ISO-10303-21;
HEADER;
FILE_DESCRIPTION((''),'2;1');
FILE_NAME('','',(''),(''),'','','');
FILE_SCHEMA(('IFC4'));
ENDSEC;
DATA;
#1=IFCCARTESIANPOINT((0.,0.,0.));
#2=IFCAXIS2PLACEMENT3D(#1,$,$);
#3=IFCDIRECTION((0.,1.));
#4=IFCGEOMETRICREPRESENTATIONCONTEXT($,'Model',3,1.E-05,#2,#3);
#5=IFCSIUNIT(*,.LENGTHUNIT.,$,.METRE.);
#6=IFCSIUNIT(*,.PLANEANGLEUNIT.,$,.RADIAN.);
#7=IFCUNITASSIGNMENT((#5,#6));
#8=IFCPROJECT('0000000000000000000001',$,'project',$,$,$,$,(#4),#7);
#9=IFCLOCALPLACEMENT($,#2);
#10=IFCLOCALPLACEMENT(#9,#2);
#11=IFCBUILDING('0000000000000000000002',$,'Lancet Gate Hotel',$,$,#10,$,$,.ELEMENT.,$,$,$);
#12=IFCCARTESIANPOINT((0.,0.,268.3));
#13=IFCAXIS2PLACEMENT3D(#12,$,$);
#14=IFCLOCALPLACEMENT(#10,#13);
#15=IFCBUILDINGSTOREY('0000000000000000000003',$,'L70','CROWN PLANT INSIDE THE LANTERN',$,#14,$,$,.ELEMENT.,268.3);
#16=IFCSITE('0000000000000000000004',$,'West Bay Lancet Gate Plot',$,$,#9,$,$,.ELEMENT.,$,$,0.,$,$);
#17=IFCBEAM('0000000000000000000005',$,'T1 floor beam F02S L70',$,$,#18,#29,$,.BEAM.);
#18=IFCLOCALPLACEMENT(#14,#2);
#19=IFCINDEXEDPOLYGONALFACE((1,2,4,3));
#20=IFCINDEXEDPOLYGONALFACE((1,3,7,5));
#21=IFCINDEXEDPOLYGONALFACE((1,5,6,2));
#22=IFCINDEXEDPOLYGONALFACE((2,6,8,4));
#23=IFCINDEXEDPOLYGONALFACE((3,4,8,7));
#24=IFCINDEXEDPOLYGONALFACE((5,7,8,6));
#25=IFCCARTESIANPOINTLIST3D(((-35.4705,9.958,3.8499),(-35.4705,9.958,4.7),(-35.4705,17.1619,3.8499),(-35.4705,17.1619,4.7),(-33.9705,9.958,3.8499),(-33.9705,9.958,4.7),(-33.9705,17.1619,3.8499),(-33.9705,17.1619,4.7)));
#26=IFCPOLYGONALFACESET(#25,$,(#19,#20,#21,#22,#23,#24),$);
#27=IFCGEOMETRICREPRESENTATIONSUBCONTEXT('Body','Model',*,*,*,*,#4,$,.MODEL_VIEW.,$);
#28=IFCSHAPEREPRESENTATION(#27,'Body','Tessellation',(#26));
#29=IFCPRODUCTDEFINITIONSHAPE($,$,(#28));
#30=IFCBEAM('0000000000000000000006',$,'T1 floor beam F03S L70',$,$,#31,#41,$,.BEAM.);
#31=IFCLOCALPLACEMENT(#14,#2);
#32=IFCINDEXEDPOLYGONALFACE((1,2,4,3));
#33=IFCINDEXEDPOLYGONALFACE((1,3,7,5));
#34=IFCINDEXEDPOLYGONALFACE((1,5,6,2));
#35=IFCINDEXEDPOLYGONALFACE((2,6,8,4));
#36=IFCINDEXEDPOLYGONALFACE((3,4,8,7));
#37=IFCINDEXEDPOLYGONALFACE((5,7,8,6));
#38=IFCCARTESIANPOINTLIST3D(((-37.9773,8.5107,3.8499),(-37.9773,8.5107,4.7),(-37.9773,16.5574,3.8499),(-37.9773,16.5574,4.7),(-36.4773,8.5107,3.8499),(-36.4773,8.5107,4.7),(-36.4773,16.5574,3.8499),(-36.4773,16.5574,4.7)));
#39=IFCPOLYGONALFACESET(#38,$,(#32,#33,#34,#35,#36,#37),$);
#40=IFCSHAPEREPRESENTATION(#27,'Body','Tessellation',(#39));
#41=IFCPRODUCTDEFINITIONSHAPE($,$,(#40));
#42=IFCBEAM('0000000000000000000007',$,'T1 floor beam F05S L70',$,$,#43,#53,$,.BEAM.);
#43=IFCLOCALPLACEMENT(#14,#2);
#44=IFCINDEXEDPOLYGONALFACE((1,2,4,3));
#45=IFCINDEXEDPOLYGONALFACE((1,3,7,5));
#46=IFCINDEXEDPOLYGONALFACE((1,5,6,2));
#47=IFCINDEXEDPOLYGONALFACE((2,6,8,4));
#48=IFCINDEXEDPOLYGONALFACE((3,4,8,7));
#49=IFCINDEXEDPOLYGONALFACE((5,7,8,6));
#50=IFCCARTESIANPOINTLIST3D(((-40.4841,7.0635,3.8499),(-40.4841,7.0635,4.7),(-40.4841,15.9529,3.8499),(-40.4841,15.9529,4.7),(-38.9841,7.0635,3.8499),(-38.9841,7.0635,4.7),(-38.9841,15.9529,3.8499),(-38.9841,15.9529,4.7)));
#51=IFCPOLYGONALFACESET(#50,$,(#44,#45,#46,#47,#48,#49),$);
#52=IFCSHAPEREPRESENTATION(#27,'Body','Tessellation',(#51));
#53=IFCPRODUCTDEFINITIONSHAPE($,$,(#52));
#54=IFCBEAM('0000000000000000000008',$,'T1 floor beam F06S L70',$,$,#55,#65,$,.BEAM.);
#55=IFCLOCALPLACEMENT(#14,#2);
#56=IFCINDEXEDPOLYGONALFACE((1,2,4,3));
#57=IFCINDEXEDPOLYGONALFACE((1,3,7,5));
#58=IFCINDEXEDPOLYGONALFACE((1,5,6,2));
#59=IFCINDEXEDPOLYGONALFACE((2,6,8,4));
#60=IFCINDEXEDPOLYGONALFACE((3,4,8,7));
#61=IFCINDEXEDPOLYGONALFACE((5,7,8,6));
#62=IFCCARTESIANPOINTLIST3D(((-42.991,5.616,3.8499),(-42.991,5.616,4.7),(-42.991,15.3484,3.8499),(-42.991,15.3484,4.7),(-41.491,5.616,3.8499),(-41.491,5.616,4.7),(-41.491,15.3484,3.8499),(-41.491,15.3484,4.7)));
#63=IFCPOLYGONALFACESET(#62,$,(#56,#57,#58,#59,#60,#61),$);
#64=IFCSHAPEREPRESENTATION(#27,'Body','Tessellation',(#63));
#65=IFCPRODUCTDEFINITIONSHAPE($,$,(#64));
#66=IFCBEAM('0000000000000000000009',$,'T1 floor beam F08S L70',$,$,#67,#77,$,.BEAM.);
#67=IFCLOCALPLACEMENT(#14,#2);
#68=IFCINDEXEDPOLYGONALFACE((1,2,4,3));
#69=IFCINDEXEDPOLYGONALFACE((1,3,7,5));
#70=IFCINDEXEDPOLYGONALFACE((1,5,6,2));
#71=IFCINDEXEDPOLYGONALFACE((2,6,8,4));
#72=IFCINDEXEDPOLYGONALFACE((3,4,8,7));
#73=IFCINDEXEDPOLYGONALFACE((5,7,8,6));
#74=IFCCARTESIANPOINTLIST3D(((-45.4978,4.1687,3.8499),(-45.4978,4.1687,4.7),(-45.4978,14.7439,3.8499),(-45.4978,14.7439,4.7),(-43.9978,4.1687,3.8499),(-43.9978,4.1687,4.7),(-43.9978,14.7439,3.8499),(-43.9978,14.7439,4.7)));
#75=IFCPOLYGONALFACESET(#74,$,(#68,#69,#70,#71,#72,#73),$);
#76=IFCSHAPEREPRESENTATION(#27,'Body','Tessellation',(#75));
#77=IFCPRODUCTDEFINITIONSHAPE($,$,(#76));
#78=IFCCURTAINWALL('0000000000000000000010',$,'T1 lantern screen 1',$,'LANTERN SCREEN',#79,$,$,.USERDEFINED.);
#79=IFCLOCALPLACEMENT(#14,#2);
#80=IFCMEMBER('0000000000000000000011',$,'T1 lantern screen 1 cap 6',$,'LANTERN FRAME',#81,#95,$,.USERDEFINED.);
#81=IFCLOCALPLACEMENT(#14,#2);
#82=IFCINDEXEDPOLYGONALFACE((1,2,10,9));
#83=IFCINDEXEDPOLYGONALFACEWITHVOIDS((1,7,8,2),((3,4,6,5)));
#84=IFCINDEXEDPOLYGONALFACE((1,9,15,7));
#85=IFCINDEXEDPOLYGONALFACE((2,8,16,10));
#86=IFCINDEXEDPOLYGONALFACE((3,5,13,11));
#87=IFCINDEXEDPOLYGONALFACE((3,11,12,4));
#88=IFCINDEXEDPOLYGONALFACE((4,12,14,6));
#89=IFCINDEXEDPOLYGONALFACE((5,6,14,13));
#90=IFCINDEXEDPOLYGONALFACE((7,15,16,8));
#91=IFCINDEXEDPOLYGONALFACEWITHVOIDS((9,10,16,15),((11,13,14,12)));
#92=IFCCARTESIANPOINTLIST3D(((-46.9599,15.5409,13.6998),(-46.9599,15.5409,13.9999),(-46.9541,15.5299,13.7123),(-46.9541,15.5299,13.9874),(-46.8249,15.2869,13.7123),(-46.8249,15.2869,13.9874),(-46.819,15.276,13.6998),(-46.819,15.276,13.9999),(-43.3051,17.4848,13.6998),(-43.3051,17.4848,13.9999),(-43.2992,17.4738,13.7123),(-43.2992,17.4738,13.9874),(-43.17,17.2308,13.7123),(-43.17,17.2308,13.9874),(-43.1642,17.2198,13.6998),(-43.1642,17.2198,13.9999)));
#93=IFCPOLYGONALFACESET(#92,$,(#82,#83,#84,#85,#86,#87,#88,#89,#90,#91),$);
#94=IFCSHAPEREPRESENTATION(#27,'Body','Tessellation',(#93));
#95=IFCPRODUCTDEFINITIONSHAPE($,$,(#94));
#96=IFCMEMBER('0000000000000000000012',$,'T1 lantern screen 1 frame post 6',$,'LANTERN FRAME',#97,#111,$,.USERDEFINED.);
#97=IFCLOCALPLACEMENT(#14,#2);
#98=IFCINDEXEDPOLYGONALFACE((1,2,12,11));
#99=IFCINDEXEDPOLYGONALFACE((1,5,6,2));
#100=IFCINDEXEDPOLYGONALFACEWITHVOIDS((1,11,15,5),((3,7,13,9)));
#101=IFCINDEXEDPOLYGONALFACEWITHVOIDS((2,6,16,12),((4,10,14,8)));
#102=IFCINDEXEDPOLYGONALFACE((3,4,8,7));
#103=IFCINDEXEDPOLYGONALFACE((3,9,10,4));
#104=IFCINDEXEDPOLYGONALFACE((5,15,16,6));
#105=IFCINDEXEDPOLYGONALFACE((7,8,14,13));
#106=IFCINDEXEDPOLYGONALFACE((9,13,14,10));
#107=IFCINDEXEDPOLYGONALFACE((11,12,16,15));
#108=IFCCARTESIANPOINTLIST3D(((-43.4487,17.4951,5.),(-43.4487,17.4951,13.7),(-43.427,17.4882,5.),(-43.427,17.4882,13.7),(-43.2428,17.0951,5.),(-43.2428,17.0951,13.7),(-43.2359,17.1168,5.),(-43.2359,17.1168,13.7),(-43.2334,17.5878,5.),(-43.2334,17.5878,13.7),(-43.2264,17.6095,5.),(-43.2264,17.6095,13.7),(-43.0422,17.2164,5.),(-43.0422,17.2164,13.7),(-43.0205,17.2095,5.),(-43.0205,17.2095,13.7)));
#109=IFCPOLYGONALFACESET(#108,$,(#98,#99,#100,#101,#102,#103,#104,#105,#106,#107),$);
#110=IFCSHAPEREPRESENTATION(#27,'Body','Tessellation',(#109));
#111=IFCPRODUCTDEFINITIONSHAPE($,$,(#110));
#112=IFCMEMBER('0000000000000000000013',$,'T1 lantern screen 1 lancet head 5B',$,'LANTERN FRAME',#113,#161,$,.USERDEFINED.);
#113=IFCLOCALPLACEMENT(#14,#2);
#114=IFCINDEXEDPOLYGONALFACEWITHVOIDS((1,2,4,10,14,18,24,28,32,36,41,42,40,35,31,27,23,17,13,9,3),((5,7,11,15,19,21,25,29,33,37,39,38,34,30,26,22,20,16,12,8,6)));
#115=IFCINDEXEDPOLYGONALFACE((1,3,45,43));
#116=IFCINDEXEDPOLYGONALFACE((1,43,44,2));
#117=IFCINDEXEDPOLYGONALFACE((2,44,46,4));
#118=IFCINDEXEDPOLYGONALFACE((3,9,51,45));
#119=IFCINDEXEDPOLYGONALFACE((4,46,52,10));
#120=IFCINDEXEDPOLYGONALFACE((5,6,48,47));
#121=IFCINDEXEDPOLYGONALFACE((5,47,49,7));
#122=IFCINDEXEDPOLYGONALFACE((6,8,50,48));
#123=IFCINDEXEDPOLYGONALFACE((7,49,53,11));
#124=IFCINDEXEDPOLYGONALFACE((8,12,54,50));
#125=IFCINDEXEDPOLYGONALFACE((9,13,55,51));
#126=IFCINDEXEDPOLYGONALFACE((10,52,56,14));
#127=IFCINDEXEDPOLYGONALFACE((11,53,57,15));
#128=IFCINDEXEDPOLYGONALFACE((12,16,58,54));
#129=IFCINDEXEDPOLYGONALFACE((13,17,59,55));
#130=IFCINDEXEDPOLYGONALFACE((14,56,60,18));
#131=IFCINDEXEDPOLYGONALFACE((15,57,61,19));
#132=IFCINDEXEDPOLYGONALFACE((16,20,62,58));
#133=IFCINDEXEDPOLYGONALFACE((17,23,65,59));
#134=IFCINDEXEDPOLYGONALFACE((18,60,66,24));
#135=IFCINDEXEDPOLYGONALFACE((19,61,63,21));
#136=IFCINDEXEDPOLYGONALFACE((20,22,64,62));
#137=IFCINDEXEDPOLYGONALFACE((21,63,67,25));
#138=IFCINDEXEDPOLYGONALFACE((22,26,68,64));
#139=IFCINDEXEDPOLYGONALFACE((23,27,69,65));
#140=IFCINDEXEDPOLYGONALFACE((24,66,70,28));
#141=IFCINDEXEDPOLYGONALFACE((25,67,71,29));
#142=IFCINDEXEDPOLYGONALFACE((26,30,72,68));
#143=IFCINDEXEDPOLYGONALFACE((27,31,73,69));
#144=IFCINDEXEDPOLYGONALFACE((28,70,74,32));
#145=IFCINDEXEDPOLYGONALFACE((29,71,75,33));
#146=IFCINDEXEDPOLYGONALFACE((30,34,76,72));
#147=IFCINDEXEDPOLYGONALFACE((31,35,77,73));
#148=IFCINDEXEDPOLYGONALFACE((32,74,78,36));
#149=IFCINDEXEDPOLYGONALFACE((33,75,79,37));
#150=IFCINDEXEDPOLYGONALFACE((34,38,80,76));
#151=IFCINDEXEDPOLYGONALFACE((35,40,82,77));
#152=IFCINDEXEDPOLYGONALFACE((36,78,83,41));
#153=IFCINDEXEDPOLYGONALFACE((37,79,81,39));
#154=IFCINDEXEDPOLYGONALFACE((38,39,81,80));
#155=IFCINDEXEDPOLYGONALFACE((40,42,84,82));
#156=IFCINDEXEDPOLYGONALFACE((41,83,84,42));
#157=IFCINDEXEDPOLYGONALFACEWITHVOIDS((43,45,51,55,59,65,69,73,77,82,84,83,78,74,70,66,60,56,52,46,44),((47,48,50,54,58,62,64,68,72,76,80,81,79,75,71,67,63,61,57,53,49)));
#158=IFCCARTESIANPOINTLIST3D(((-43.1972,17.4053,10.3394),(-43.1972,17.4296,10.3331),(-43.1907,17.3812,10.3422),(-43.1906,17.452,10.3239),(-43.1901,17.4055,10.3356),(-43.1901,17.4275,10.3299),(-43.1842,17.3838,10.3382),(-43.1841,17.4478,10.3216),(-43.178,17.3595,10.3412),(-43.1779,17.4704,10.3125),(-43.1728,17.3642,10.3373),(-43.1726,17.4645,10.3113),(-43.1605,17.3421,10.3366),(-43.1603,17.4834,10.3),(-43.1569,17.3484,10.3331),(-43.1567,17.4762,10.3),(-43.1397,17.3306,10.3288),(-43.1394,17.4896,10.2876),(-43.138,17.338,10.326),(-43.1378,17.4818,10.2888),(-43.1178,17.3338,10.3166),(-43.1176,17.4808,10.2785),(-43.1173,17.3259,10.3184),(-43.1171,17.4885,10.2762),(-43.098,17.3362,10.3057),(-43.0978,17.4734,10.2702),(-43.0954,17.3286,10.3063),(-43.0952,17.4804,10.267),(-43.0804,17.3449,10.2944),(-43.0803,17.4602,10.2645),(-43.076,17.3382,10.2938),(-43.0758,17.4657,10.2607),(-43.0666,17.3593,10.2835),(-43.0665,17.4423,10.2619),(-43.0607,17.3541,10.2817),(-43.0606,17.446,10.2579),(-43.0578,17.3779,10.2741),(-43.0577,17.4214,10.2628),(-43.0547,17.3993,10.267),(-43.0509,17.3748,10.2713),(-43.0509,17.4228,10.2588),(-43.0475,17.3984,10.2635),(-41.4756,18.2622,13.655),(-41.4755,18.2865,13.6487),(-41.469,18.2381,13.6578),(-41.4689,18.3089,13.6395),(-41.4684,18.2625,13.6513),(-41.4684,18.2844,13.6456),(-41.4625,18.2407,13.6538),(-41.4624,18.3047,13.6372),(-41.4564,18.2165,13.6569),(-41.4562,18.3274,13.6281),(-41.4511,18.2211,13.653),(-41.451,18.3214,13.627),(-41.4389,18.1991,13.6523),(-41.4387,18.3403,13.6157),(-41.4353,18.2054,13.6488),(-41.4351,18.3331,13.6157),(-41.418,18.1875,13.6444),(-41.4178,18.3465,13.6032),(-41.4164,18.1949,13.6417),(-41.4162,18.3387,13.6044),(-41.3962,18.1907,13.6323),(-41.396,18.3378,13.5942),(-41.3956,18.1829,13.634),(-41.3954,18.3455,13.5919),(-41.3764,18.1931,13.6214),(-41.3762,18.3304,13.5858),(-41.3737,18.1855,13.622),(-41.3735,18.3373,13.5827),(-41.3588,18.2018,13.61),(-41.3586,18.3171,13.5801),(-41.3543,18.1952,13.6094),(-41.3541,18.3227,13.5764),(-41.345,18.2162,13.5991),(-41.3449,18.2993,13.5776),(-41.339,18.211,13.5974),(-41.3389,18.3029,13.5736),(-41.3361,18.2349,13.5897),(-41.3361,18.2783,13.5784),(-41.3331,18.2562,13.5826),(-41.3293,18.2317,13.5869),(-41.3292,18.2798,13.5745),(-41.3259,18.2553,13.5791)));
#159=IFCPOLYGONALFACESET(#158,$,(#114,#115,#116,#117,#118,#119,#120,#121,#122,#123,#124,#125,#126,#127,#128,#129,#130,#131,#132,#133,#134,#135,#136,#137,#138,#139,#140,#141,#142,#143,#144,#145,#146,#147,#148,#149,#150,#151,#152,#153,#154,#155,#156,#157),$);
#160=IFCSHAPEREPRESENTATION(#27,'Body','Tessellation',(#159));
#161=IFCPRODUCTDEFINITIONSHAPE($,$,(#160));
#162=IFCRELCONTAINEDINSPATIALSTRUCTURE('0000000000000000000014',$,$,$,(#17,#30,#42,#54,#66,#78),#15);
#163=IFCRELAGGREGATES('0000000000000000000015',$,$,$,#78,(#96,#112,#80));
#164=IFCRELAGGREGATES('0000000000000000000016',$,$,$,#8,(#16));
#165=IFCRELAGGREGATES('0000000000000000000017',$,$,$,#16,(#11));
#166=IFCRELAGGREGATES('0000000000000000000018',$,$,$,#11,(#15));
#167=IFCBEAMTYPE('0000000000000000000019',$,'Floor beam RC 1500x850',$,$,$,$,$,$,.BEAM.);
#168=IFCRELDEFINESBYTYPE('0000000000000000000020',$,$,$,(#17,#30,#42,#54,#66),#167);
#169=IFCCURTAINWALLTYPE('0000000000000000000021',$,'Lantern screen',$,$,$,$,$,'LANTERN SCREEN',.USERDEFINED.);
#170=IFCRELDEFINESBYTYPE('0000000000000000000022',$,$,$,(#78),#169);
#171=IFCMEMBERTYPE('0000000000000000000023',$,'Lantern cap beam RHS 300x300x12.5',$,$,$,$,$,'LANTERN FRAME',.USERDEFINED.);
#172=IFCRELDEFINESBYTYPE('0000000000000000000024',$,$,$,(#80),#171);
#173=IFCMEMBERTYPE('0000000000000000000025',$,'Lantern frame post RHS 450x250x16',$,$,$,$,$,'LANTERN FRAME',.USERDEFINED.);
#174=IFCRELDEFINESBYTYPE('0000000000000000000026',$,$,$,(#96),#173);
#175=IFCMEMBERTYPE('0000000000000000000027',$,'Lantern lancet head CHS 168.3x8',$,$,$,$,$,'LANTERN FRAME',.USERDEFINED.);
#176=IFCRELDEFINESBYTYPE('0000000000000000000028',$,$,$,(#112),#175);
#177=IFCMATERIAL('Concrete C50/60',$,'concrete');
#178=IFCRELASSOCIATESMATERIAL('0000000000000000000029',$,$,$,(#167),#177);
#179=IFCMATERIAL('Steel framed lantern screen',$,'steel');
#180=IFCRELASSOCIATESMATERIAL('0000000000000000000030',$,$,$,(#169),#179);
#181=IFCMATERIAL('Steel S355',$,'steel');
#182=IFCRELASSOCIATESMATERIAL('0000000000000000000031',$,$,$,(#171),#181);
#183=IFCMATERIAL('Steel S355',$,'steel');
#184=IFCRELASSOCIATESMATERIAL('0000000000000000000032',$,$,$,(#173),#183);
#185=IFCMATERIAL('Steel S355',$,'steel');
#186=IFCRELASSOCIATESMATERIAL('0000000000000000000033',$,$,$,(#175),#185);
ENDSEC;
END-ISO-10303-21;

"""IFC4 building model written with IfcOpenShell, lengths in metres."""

from ifc_helpers import new_model, si_unit, direction, frame, origin, origin_2d, place, context, subcontext, project, spatial, rectangle, hollow_rectangle, hollow_circle, extrude, material, material_profile, profile_set, type_object, element, aggregate, save


model = new_model("IFC4")

# Units and contexts
model_context = context("Model", 3, precision=1e-05, world=origin(), true_north=direction((0.0, 1.0)))
body_context = subcontext(model_context, "Body", "Model", "MODEL_VIEW")
ifc_project = project(units=[si_unit("LENGTHUNIT", "METRE"), si_unit("PLANEANGLEUNIT", "RADIAN")], contexts=[model_context])

# Site, building, storey
site_placement = place(None, origin())
site = spatial("IfcSite", under=ifc_project, at=site_placement, Name="West Bay Lancet Gate Plot", CompositionType="ELEMENT", RefElevation=0.0)
building_placement = place(site_placement, origin())
building = spatial("IfcBuilding", under=site, at=building_placement, Name="Lancet Gate Hotel", CompositionType="ELEMENT")
storey_placement = place(building_placement, frame((0.0, 0.0, 268.3)))
storey = spatial("IfcBuildingStorey", under=building, at=storey_placement, Name="L70", Description="CROWN PLANT INSIDE THE LANTERN", CompositionType="ELEMENT", Elevation=268.3)

# Beams
ifc_material_1 = material(Name="Concrete C50/60", Category="concrete")
ifc_material_profile_1 = material_profile(ifc_material_1, rectangle(XDim=1.5, YDim=0.8501, at=origin_2d()), Name="RC 1500x850")
ifc_profile_set_1 = profile_set([ifc_material_profile_1], Name="Concrete C50/60")
beam_type = type_object("IfcBeamType", Name="Floor beam RC 1500x850", PredefinedType="BEAM", material=ifc_profile_set_1)
beam_1_placement = place(storey_placement, frame((-34.7205, 17.1619, 4.2749), z_axis=(0.0, -1.0, 0.0), x_axis=(1.0, 0.0, 0.0)))
element("IfcBeam", 1, at=beam_1_placement, inside=storey, type_object=beam_type, Name="T1 floor beam F02S L70", PredefinedType="BEAM", context=body_context, shape_type="SweptSolid", body=[
    extrude(rectangle(XDim=1.5, YDim=0.8501, at=origin_2d()), origin(), (0.0, 0.0, 1.0), 7.2039),
])
beam_2_placement = place(storey_placement, frame((-37.2273, 16.5574, 4.2749), z_axis=(0.0, -1.0, 0.0), x_axis=(1.0, 0.0, 0.0)))
element("IfcBeam", 2, at=beam_2_placement, inside=storey, type_object=beam_type, Name="T1 floor beam F03S L70", PredefinedType="BEAM", context=body_context, shape_type="SweptSolid", body=[
    extrude(rectangle(XDim=1.5, YDim=0.8501, at=origin_2d()), origin(), (0.0, 0.0, 1.0), 8.0466),
])
beam_3_placement = place(storey_placement, frame((-39.7341, 15.9529, 4.2749), z_axis=(0.0, -1.0, 0.0), x_axis=(1.0, 0.0, 0.0)))
element("IfcBeam", 3, at=beam_3_placement, inside=storey, type_object=beam_type, Name="T1 floor beam F05S L70", PredefinedType="BEAM", context=body_context, shape_type="SweptSolid", body=[
    extrude(rectangle(XDim=1.5, YDim=0.8501, at=origin_2d()), origin(), (0.0, 0.0, 1.0), 8.8894),
])
beam_4_placement = place(storey_placement, frame((-42.241, 15.3484, 4.2749), z_axis=(0.0, -1.0, 0.0), x_axis=(1.0, 0.0, 0.0)))
element("IfcBeam", 4, at=beam_4_placement, inside=storey, type_object=beam_type, Name="T1 floor beam F06S L70", PredefinedType="BEAM", context=body_context, shape_type="SweptSolid", body=[
    extrude(rectangle(XDim=1.5, YDim=0.8501, at=origin_2d()), origin(), (0.0, 0.0, 1.0), 9.7324),
])
beam_5_placement = place(storey_placement, frame((-44.7478, 14.7439, 4.2749), z_axis=(0.0, -1.0, 0.0), x_axis=(1.0, 0.0, 0.0)))
element("IfcBeam", 5, at=beam_5_placement, inside=storey, type_object=beam_type, Name="T1 floor beam F08S L70", PredefinedType="BEAM", context=body_context, shape_type="SweptSolid", body=[
    extrude(rectangle(XDim=1.5, YDim=0.8501, at=origin_2d()), origin(), (0.0, 0.0, 1.0), 10.5752),
])

# Curtain wall, members
ifc_material_2 = material(Name="Steel framed lantern screen", Category="steel")
curtain_wall_type_1 = type_object("IfcCurtainWallType", Name="Lantern screen", ElementType="LANTERN SCREEN", PredefinedType="USERDEFINED", material=ifc_material_2)
curtain_wall_1_placement = place(storey_placement, origin())
curtain_wall_1 = element("IfcCurtainWall", 6, at=curtain_wall_1_placement, inside=storey, type_object=curtain_wall_type_1, Name="T1 lantern screen 1", ObjectType="LANTERN SCREEN", PredefinedType="USERDEFINED")
ifc_material_3 = material(Name="Steel S355", Category="steel")
ifc_material_profile_2 = material_profile(ifc_material_3, hollow_rectangle(XDim=0.3, YDim=0.3, WallThickness=0.0125, at=origin_2d()), Name="RHS 300x300x12.5")
ifc_profile_set_2 = profile_set([ifc_material_profile_2], Name="Steel S355")
member_type_1 = type_object("IfcMemberType", Name="Lantern cap beam RHS 300x300x12.5", ElementType="LANTERN FRAME", PredefinedType="USERDEFINED", material=ifc_profile_set_2)
member_1_placement = place(storey_placement, frame((-43.2346, 17.3523, 13.8499), z_axis=(-0.882891, -0.469578, 0.0), x_axis=(0.469578, -0.882891, 0.0)))
member_1 = element("IfcMember", 7, at=member_1_placement, type_object=member_type_1, Name="T1 lantern screen 1 cap 6", ObjectType="LANTERN FRAME", PredefinedType="USERDEFINED", context=body_context, shape_type="SweptSolid", body=[
    extrude(hollow_rectangle(XDim=0.3, YDim=0.3, WallThickness=0.0125, at=origin_2d()), origin(), (0.0, 0.0, 1.0), 4.1396),
])
ifc_material_4 = material(Name="Steel S355", Category="steel")
ifc_material_profile_3 = material_profile(ifc_material_4, hollow_rectangle(XDim=0.25, YDim=0.45, WallThickness=0.0161, at=origin_2d()), Name="RHS 450x250x16")
ifc_profile_set_3 = profile_set([ifc_material_profile_3], Name="Steel S355")
member_type_2 = type_object("IfcMemberType", Name="Lantern frame post RHS 450x250x16", ElementType="LANTERN FRAME", PredefinedType="USERDEFINED", material=ifc_profile_set_3)
member_2_placement = place(storey_placement, frame((-43.2346, 17.3523, 5.0), z_axis=(0.0, 0.0, 1.0), x_axis=(-0.889156, -0.457605, 0.0)))
member_2 = element("IfcMember", 8, at=member_2_placement, type_object=member_type_2, Name="T1 lantern screen 1 frame post 6", ObjectType="LANTERN FRAME", PredefinedType="USERDEFINED", context=body_context, shape_type="SweptSolid", body=[
    extrude(hollow_rectangle(XDim=0.25, YDim=0.45, WallThickness=0.0161, at=origin_2d()), origin(), (0.0, 0.0, 1.0), 8.7),
])
ifc_material_5 = material(Name="Steel S355", Category="steel")
ifc_material_profile_4 = material_profile(ifc_material_5, hollow_circle(Radius=0.0842, WallThickness=0.0081, at=origin_2d()), Name="CHS 168.3x8.0")
ifc_profile_set_4 = profile_set([ifc_material_profile_4], Name="Steel S355")
member_type_3 = type_object("IfcMemberType", Name="Lantern lancet head CHS 168.3x8", ElementType="LANTERN FRAME", PredefinedType="USERDEFINED", material=ifc_profile_set_4)
member_3_placement = place(storey_placement, frame((-43.1228, 17.408, 10.3), z_axis=(0.449168, 0.223565, 0.865024), x_axis=(-0.445588, 0.895238, 0.0)))
member_3 = element("IfcMember", 9, at=member_3_placement, type_object=member_type_3, Name="T1 lantern screen 1 lancet head 5B", ObjectType="LANTERN FRAME", PredefinedType="USERDEFINED", context=body_context, shape_type="SweptSolid", body=[
    extrude(hollow_circle(Radius=0.0842, WallThickness=0.0081, at=origin_2d()), origin(), (0.0, 0.0, 1.0), 3.833),
])

aggregate(curtain_wall_1, [member_2, member_3, member_1])

save(model, "model.ifc")
